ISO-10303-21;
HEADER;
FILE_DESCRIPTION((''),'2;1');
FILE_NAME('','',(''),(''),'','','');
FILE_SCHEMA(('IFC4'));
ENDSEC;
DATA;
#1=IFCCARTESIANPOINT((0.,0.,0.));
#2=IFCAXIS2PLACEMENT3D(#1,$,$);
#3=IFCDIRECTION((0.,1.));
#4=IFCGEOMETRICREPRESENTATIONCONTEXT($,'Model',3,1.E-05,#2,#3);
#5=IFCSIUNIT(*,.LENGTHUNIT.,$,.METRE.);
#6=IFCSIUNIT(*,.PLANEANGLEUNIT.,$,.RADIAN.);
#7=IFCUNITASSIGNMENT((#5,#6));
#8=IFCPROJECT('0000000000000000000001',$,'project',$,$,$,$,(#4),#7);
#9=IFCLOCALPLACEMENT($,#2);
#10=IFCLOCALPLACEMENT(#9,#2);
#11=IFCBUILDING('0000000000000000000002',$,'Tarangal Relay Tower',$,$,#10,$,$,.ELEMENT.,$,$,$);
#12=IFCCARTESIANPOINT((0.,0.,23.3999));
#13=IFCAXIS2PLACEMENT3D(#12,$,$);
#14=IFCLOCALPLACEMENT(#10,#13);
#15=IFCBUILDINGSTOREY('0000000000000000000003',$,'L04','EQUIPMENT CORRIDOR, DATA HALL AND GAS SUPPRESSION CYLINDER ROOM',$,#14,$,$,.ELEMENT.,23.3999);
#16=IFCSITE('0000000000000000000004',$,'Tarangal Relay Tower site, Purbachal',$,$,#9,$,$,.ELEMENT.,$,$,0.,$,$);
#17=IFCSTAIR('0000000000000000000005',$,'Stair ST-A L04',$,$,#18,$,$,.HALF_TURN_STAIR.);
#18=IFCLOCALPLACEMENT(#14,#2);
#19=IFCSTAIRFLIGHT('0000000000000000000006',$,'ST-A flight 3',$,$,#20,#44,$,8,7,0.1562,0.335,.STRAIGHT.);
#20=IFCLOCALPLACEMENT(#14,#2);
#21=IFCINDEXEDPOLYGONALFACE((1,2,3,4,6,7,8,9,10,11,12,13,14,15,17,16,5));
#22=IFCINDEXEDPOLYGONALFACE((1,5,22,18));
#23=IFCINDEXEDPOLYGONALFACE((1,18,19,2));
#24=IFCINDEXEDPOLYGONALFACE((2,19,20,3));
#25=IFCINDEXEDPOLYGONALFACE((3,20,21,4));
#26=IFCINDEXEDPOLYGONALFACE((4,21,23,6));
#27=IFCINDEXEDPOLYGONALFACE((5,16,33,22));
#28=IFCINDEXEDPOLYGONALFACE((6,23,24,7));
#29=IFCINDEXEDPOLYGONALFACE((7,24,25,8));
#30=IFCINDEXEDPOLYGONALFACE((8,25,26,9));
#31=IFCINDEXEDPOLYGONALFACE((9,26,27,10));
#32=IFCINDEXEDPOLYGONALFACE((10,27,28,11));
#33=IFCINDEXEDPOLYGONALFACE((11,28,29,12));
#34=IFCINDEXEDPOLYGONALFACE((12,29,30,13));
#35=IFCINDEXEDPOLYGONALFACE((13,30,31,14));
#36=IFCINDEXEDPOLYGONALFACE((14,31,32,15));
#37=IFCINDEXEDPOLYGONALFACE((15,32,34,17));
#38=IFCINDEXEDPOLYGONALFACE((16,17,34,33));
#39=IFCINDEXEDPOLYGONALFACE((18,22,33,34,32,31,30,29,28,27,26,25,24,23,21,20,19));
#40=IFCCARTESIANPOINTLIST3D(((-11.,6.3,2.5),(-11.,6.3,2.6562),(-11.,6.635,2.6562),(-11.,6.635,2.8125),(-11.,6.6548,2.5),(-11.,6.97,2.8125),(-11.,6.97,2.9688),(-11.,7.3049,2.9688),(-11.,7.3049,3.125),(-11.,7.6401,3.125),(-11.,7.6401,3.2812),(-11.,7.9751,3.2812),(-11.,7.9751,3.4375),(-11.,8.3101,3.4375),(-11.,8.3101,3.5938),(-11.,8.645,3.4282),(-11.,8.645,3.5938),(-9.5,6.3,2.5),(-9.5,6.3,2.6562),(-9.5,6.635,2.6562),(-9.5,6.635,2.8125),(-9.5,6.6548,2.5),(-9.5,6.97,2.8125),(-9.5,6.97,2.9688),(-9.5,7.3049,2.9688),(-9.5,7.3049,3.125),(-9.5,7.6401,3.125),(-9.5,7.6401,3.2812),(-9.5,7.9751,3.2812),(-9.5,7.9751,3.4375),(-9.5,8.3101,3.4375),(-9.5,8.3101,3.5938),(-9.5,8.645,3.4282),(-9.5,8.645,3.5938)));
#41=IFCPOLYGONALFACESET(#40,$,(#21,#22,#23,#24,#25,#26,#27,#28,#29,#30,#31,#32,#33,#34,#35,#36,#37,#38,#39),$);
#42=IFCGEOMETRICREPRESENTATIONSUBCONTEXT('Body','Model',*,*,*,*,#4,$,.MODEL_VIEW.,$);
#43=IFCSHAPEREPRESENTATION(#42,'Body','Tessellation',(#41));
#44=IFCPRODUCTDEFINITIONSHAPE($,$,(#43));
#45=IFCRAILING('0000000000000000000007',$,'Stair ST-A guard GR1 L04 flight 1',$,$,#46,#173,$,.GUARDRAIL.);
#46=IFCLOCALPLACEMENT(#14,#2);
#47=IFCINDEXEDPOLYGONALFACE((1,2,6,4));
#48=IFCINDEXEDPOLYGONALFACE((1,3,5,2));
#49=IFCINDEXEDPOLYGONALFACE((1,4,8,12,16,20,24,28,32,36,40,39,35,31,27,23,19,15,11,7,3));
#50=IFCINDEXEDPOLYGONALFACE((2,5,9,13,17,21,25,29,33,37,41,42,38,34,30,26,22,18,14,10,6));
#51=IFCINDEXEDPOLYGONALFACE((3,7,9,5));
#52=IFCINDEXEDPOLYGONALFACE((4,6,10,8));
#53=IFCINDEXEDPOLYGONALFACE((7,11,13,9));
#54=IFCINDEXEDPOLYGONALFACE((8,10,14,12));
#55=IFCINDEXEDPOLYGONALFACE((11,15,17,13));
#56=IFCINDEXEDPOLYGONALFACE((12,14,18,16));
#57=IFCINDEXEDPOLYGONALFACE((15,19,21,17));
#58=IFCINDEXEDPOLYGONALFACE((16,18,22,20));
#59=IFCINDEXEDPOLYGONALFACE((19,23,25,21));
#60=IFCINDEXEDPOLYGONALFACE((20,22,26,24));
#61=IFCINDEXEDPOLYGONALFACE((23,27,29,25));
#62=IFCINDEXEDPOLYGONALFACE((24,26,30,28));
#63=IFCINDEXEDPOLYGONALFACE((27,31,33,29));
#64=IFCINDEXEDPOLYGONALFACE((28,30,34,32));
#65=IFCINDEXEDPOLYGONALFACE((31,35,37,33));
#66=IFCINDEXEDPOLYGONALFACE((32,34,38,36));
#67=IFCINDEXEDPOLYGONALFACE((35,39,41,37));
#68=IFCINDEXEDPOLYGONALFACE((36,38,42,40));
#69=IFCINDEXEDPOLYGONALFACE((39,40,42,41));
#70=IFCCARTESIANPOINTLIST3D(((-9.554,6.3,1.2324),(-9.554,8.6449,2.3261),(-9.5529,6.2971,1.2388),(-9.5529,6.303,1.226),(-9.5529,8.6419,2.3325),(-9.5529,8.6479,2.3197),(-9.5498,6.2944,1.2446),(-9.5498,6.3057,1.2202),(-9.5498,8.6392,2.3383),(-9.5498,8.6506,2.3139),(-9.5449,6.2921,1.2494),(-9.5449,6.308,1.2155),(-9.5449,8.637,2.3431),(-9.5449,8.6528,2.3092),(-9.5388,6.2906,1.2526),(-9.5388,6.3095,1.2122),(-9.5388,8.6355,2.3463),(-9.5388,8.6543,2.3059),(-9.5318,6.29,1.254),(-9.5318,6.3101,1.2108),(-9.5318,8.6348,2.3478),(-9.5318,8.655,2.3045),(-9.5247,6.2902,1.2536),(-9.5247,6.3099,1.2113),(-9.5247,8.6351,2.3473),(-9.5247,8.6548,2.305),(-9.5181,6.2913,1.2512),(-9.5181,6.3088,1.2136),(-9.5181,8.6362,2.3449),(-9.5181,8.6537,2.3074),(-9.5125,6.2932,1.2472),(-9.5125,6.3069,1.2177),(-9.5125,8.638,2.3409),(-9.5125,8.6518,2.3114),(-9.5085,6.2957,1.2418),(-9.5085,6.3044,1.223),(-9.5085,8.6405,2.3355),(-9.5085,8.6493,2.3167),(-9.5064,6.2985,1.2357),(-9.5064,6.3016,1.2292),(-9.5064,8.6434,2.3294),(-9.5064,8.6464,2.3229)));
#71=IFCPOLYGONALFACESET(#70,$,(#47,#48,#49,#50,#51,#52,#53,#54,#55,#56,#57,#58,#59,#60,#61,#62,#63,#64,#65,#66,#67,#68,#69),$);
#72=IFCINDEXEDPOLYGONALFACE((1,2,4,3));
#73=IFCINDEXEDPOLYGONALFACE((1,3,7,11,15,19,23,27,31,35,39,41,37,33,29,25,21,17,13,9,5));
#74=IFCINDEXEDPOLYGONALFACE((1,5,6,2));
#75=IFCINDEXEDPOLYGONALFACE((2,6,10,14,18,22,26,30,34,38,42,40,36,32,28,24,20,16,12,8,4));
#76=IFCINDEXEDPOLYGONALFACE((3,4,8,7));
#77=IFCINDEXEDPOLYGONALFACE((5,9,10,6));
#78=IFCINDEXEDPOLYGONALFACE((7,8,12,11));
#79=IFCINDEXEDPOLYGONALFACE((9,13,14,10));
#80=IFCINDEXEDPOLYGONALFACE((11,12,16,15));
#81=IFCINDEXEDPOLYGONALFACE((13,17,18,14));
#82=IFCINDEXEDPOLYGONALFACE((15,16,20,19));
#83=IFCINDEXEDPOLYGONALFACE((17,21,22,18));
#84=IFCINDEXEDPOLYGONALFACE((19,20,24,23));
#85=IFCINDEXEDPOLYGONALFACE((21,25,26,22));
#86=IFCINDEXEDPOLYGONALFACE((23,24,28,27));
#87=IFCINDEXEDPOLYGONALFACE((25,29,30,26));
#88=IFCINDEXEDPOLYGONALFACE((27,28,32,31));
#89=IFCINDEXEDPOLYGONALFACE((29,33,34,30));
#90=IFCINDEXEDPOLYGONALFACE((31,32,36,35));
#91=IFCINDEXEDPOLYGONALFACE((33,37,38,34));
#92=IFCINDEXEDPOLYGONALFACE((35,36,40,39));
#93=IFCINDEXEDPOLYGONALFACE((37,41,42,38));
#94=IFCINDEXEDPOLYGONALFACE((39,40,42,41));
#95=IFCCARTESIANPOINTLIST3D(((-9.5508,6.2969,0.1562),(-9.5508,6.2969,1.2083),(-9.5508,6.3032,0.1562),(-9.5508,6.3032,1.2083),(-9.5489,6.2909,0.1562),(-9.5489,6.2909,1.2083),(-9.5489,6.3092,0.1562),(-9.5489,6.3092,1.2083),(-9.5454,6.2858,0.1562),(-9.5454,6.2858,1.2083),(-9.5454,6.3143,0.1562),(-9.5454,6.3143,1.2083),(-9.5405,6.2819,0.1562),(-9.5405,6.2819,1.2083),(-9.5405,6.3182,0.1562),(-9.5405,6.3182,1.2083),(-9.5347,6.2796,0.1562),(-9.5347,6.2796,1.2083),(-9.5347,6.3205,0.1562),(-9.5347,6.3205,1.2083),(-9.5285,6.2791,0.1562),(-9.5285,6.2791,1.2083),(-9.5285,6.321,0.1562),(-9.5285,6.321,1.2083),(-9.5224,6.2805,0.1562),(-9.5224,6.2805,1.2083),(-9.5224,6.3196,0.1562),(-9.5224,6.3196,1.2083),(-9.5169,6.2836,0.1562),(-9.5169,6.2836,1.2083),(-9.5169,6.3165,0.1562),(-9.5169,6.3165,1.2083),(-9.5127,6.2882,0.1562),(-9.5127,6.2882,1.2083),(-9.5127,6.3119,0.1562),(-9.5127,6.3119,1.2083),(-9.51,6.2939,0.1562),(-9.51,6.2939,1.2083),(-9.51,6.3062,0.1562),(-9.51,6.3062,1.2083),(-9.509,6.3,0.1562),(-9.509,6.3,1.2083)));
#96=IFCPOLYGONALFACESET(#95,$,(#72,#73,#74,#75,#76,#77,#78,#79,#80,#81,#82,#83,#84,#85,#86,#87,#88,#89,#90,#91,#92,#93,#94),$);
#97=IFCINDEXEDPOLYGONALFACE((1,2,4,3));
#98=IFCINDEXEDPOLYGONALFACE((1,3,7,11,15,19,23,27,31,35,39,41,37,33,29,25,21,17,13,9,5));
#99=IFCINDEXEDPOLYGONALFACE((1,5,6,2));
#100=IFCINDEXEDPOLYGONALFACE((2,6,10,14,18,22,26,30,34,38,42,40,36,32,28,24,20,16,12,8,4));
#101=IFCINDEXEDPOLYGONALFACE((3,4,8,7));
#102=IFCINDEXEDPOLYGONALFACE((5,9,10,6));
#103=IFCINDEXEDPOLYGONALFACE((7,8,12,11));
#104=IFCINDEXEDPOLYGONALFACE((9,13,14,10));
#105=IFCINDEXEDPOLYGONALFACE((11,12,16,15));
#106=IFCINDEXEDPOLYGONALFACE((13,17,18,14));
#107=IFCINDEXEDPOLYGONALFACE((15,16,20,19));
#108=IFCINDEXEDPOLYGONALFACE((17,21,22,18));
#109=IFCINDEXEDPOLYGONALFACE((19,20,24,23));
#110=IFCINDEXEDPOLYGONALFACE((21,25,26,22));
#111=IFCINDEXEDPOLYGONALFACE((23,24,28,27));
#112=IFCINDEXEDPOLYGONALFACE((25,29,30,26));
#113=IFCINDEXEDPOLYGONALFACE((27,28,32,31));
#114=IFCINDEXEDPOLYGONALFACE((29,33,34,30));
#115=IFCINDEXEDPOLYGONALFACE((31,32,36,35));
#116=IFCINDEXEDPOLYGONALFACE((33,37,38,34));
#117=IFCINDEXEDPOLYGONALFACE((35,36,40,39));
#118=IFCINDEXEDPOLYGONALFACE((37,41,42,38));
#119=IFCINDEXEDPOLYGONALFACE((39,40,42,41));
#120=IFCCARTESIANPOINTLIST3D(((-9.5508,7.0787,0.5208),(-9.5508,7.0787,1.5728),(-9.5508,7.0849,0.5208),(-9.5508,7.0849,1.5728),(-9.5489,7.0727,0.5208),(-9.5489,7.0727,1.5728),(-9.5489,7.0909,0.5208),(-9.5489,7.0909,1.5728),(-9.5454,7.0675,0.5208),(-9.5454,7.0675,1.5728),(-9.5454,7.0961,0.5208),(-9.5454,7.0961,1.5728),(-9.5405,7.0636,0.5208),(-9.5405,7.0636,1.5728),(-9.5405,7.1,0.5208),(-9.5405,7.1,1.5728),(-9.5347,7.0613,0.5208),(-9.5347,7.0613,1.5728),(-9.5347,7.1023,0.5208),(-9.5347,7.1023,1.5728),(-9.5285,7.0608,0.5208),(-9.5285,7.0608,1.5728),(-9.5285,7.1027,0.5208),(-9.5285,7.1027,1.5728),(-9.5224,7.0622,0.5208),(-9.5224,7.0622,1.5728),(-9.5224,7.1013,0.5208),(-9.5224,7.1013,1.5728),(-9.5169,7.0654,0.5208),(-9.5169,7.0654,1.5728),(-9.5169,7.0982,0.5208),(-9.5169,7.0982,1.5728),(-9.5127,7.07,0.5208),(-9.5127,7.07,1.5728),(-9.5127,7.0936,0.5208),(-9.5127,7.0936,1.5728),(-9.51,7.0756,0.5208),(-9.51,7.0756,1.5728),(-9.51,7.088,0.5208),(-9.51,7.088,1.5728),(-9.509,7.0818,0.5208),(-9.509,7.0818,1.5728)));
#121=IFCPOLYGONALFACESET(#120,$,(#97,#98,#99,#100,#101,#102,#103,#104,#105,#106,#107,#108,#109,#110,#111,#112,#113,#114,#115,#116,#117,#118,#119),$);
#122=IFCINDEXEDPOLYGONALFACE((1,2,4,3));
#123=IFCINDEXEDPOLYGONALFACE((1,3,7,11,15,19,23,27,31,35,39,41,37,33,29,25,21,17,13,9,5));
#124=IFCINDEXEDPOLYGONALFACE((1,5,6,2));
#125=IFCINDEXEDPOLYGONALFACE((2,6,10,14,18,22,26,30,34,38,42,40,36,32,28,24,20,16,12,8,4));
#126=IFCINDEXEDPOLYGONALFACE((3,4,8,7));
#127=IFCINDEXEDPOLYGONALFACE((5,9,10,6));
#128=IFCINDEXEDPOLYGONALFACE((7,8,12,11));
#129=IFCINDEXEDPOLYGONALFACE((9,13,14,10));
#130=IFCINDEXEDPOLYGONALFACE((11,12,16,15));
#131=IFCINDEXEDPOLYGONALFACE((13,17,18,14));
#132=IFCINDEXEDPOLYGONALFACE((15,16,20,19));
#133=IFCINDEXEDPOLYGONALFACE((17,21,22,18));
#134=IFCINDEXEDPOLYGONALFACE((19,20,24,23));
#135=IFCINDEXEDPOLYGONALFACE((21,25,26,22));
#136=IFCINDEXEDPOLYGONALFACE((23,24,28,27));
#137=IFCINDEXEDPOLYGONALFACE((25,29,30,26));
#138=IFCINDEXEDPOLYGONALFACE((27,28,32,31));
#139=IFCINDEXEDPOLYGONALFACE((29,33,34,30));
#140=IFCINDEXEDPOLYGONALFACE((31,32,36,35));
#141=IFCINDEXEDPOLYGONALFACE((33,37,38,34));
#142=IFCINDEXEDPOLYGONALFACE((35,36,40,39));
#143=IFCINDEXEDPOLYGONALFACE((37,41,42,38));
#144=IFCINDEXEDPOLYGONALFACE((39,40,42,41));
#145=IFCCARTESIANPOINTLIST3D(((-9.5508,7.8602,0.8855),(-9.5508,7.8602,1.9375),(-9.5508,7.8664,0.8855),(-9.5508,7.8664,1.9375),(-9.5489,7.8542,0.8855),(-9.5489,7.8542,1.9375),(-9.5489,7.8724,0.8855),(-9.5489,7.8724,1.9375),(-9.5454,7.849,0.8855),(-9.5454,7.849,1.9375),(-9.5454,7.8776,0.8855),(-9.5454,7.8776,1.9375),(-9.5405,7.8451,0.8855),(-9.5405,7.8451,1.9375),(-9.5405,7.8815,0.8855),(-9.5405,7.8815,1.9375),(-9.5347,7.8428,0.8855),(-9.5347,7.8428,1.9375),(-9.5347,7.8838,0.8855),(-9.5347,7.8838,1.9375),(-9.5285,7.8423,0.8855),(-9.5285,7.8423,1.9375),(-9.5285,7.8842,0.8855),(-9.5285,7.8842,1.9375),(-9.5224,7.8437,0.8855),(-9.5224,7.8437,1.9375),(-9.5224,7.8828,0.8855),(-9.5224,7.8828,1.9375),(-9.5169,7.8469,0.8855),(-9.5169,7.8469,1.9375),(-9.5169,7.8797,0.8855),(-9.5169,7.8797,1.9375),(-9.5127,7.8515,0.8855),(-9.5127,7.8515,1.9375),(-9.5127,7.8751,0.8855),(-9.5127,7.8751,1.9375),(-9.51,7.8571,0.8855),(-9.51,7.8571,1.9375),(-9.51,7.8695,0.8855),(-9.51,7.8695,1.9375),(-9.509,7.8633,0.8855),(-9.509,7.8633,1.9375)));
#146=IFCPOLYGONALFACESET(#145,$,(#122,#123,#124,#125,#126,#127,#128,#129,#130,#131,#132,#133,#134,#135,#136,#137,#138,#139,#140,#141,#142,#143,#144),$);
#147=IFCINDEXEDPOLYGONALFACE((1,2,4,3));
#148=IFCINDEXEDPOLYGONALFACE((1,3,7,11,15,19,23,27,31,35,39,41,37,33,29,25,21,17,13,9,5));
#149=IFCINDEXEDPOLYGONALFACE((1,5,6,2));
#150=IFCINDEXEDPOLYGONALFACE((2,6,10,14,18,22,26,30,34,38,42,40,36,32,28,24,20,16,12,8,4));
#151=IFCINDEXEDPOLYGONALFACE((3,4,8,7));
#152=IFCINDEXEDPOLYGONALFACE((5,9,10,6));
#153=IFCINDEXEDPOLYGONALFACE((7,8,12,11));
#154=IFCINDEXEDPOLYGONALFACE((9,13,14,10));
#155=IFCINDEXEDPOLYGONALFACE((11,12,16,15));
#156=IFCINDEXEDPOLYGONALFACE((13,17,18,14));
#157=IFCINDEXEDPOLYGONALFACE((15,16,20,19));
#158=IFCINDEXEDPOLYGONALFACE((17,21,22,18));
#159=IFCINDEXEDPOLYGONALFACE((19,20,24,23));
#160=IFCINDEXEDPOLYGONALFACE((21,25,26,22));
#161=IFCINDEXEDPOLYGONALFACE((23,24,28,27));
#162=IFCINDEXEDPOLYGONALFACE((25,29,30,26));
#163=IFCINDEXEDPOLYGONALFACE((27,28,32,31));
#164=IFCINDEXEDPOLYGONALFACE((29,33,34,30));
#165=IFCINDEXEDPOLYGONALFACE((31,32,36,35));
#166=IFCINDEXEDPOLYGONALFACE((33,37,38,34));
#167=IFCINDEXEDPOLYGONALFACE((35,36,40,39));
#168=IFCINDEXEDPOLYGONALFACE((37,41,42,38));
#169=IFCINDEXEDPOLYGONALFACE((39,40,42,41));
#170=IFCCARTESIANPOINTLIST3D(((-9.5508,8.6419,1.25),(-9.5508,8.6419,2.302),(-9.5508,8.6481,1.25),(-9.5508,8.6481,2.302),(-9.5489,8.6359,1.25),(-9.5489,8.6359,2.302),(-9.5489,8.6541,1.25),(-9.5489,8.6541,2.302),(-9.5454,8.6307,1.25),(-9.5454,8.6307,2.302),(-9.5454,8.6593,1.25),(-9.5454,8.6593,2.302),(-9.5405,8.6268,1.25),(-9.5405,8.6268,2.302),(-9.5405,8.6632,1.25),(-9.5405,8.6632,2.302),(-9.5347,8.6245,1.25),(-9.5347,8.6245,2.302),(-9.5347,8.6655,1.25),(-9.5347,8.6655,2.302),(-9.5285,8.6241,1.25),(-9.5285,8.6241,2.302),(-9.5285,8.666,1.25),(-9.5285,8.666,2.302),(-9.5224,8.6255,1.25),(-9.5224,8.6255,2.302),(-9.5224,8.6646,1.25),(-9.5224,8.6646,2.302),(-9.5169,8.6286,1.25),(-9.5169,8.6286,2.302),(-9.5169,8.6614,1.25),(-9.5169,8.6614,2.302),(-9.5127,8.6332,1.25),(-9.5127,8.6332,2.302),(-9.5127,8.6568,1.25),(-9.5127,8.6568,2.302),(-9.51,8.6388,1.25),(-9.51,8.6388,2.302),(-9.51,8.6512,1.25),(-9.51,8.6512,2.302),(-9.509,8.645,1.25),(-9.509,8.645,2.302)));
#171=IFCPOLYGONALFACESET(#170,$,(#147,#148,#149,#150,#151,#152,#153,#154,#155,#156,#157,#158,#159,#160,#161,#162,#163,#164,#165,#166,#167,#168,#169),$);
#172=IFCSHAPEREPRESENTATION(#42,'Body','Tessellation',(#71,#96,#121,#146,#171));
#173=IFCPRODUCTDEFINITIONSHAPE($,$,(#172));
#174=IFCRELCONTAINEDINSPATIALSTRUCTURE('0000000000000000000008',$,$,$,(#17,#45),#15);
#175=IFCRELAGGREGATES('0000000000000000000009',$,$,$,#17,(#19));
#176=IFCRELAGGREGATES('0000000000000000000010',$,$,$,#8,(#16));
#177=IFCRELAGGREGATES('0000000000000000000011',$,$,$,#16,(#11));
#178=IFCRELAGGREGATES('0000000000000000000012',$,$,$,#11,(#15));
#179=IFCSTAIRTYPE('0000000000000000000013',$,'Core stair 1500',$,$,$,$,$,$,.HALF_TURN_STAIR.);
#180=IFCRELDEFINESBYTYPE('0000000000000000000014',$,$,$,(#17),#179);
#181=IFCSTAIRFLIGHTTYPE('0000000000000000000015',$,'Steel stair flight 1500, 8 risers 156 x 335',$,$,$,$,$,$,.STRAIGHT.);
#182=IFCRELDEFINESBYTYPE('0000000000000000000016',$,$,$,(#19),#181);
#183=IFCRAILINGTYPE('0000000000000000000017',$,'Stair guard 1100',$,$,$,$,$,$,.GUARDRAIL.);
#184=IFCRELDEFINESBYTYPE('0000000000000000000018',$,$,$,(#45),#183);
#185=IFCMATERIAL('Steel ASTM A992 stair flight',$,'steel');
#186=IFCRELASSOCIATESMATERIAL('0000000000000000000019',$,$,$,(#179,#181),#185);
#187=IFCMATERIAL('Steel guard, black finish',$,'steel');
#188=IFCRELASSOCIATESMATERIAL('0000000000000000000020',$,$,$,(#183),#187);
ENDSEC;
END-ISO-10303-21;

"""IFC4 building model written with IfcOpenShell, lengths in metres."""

from ifc_helpers import new_model, si_unit, direction, frame, origin, origin_2d, place, context, subcontext, project, spatial, polyline, circle, outline, extrude, material, type_object, element, aggregate, save


model = new_model("IFC4")

# Units and contexts
model_context = context("Model", 3, precision=1e-05, world=origin(), true_north=direction((0.0, 1.0)))
body_context = subcontext(model_context, "Body", "Model", "MODEL_VIEW")
ifc_project = project(units=[si_unit("LENGTHUNIT", "METRE"), si_unit("PLANEANGLEUNIT", "RADIAN")], contexts=[model_context])

# Site, building, storey
site_placement = place(None, origin())
site = spatial("IfcSite", under=ifc_project, at=site_placement, Name="Tarangal Relay Tower site, Purbachal", CompositionType="ELEMENT", RefElevation=0.0)
building_placement = place(site_placement, origin())
building = spatial("IfcBuilding", under=site, at=building_placement, Name="Tarangal Relay Tower", CompositionType="ELEMENT")
storey_placement = place(building_placement, frame((0.0, 0.0, 23.3999)))
storey = spatial("IfcBuildingStorey", under=building, at=storey_placement, Name="L04", Description="EQUIPMENT CORRIDOR, DATA HALL AND GAS SUPPRESSION CYLINDER ROOM", CompositionType="ELEMENT", Elevation=23.3999)

# Stair, stair flight
ifc_material_1 = material(Name="Steel ASTM A992 stair flight", Category="steel")
stair_type = type_object("IfcStairType", Name="Core stair 1500", PredefinedType="HALF_TURN_STAIR", material=ifc_material_1)
stair_placement = place(storey_placement, origin())
stair = element("IfcStair", 1, at=stair_placement, inside=storey, type_object=stair_type, Name="Stair ST-A L04", PredefinedType="HALF_TURN_STAIR")
stair_flight_type = type_object("IfcStairFlightType", Name="Steel stair flight 1500, 8 risers 156 x 335", PredefinedType="STRAIGHT", material=ifc_material_1)
stair_flight_1_placement = place(storey_placement, frame((-10.25, 6.3, 2.5), z_axis=(0.0, 0.0, 1.0), x_axis=(0.0, 1.0, 0.0)))
stair_flight_1 = element("IfcStairFlight", 2, at=stair_flight_1_placement, type_object=stair_flight_type, Name="ST-A flight 3", NumberOfRisers=8, NumberOfTreads=7, PredefinedType="STRAIGHT", RiserHeight=0.1562, TreadLength=0.335, context=body_context, shape_type="SweptSolid", body=[
    extrude(outline(polyline([(0.0, 0.0), (0.0, 0.1562), (0.335, 0.1562), (0.335, 0.3125), (0.6699, 0.3125), (0.6699, 0.4688), (1.0049, 0.4688), (1.0049, 0.625), (1.3401, 0.625), (1.3401, 0.7812), (1.675, 0.7812), (1.675, 0.9375), (2.01, 0.9375), (2.01, 1.0938), (2.345, 1.0938), (2.345, 1.25), (2.345, 0.9282), (0.3547, 0.0), (0.0, 0.0)])), frame((0.0, 0.75, 0.0), z_axis=(0.0, -1.0, 0.0), x_axis=(1.0, 0.0, 0.0)), (0.0, 0.0, 1.0), 1.5),
])
aggregate(stair, [stair_flight_1])

# Railing
ifc_material_2 = material(Name="Steel guard, black finish", Category="steel")
railing_type_1 = type_object("IfcRailingType", Name="Stair guard 1100", PredefinedType="GUARDRAIL", material=ifc_material_2)
for number, where, name in (
    (3, (-9.53, 6.3, 0.1562), "Stair ST-A guard GR1 L04 flight 1"),
):
    element("IfcRailing", number, at=place(storey_placement, frame(where)), inside=storey, type_object=railing_type_1, Name=name, PredefinedType="GUARDRAIL", context=body_context, shape_type="SweptSolid", body=[
        extrude(circle(Radius=0.0239, at=origin_2d()), frame((0.0, 0.0, 1.0762), z_axis=(0.0, 0.906267, 0.422705), x_axis=(-1.0, 0.0, 0.0)), (0.0, 0.0, 1.0), 2.5874),
        extrude(circle(Radius=0.021, at=origin_2d()), origin(), (0.0, 0.0, 1.0), 1.052),
        extrude(circle(Radius=0.021, at=origin_2d()), frame((0.0, 0.7817, 0.3645)), (0.0, 0.0, 1.0), 1.052),
        extrude(circle(Radius=0.021, at=origin_2d()), frame((0.0, 1.5632, 0.7292)), (0.0, 0.0, 1.0), 1.052),
        extrude(circle(Radius=0.021, at=origin_2d()), frame((0.0, 2.345, 1.0938)), (0.0, 0.0, 1.0), 1.052),
    ])

save(model, "model.ifc")
